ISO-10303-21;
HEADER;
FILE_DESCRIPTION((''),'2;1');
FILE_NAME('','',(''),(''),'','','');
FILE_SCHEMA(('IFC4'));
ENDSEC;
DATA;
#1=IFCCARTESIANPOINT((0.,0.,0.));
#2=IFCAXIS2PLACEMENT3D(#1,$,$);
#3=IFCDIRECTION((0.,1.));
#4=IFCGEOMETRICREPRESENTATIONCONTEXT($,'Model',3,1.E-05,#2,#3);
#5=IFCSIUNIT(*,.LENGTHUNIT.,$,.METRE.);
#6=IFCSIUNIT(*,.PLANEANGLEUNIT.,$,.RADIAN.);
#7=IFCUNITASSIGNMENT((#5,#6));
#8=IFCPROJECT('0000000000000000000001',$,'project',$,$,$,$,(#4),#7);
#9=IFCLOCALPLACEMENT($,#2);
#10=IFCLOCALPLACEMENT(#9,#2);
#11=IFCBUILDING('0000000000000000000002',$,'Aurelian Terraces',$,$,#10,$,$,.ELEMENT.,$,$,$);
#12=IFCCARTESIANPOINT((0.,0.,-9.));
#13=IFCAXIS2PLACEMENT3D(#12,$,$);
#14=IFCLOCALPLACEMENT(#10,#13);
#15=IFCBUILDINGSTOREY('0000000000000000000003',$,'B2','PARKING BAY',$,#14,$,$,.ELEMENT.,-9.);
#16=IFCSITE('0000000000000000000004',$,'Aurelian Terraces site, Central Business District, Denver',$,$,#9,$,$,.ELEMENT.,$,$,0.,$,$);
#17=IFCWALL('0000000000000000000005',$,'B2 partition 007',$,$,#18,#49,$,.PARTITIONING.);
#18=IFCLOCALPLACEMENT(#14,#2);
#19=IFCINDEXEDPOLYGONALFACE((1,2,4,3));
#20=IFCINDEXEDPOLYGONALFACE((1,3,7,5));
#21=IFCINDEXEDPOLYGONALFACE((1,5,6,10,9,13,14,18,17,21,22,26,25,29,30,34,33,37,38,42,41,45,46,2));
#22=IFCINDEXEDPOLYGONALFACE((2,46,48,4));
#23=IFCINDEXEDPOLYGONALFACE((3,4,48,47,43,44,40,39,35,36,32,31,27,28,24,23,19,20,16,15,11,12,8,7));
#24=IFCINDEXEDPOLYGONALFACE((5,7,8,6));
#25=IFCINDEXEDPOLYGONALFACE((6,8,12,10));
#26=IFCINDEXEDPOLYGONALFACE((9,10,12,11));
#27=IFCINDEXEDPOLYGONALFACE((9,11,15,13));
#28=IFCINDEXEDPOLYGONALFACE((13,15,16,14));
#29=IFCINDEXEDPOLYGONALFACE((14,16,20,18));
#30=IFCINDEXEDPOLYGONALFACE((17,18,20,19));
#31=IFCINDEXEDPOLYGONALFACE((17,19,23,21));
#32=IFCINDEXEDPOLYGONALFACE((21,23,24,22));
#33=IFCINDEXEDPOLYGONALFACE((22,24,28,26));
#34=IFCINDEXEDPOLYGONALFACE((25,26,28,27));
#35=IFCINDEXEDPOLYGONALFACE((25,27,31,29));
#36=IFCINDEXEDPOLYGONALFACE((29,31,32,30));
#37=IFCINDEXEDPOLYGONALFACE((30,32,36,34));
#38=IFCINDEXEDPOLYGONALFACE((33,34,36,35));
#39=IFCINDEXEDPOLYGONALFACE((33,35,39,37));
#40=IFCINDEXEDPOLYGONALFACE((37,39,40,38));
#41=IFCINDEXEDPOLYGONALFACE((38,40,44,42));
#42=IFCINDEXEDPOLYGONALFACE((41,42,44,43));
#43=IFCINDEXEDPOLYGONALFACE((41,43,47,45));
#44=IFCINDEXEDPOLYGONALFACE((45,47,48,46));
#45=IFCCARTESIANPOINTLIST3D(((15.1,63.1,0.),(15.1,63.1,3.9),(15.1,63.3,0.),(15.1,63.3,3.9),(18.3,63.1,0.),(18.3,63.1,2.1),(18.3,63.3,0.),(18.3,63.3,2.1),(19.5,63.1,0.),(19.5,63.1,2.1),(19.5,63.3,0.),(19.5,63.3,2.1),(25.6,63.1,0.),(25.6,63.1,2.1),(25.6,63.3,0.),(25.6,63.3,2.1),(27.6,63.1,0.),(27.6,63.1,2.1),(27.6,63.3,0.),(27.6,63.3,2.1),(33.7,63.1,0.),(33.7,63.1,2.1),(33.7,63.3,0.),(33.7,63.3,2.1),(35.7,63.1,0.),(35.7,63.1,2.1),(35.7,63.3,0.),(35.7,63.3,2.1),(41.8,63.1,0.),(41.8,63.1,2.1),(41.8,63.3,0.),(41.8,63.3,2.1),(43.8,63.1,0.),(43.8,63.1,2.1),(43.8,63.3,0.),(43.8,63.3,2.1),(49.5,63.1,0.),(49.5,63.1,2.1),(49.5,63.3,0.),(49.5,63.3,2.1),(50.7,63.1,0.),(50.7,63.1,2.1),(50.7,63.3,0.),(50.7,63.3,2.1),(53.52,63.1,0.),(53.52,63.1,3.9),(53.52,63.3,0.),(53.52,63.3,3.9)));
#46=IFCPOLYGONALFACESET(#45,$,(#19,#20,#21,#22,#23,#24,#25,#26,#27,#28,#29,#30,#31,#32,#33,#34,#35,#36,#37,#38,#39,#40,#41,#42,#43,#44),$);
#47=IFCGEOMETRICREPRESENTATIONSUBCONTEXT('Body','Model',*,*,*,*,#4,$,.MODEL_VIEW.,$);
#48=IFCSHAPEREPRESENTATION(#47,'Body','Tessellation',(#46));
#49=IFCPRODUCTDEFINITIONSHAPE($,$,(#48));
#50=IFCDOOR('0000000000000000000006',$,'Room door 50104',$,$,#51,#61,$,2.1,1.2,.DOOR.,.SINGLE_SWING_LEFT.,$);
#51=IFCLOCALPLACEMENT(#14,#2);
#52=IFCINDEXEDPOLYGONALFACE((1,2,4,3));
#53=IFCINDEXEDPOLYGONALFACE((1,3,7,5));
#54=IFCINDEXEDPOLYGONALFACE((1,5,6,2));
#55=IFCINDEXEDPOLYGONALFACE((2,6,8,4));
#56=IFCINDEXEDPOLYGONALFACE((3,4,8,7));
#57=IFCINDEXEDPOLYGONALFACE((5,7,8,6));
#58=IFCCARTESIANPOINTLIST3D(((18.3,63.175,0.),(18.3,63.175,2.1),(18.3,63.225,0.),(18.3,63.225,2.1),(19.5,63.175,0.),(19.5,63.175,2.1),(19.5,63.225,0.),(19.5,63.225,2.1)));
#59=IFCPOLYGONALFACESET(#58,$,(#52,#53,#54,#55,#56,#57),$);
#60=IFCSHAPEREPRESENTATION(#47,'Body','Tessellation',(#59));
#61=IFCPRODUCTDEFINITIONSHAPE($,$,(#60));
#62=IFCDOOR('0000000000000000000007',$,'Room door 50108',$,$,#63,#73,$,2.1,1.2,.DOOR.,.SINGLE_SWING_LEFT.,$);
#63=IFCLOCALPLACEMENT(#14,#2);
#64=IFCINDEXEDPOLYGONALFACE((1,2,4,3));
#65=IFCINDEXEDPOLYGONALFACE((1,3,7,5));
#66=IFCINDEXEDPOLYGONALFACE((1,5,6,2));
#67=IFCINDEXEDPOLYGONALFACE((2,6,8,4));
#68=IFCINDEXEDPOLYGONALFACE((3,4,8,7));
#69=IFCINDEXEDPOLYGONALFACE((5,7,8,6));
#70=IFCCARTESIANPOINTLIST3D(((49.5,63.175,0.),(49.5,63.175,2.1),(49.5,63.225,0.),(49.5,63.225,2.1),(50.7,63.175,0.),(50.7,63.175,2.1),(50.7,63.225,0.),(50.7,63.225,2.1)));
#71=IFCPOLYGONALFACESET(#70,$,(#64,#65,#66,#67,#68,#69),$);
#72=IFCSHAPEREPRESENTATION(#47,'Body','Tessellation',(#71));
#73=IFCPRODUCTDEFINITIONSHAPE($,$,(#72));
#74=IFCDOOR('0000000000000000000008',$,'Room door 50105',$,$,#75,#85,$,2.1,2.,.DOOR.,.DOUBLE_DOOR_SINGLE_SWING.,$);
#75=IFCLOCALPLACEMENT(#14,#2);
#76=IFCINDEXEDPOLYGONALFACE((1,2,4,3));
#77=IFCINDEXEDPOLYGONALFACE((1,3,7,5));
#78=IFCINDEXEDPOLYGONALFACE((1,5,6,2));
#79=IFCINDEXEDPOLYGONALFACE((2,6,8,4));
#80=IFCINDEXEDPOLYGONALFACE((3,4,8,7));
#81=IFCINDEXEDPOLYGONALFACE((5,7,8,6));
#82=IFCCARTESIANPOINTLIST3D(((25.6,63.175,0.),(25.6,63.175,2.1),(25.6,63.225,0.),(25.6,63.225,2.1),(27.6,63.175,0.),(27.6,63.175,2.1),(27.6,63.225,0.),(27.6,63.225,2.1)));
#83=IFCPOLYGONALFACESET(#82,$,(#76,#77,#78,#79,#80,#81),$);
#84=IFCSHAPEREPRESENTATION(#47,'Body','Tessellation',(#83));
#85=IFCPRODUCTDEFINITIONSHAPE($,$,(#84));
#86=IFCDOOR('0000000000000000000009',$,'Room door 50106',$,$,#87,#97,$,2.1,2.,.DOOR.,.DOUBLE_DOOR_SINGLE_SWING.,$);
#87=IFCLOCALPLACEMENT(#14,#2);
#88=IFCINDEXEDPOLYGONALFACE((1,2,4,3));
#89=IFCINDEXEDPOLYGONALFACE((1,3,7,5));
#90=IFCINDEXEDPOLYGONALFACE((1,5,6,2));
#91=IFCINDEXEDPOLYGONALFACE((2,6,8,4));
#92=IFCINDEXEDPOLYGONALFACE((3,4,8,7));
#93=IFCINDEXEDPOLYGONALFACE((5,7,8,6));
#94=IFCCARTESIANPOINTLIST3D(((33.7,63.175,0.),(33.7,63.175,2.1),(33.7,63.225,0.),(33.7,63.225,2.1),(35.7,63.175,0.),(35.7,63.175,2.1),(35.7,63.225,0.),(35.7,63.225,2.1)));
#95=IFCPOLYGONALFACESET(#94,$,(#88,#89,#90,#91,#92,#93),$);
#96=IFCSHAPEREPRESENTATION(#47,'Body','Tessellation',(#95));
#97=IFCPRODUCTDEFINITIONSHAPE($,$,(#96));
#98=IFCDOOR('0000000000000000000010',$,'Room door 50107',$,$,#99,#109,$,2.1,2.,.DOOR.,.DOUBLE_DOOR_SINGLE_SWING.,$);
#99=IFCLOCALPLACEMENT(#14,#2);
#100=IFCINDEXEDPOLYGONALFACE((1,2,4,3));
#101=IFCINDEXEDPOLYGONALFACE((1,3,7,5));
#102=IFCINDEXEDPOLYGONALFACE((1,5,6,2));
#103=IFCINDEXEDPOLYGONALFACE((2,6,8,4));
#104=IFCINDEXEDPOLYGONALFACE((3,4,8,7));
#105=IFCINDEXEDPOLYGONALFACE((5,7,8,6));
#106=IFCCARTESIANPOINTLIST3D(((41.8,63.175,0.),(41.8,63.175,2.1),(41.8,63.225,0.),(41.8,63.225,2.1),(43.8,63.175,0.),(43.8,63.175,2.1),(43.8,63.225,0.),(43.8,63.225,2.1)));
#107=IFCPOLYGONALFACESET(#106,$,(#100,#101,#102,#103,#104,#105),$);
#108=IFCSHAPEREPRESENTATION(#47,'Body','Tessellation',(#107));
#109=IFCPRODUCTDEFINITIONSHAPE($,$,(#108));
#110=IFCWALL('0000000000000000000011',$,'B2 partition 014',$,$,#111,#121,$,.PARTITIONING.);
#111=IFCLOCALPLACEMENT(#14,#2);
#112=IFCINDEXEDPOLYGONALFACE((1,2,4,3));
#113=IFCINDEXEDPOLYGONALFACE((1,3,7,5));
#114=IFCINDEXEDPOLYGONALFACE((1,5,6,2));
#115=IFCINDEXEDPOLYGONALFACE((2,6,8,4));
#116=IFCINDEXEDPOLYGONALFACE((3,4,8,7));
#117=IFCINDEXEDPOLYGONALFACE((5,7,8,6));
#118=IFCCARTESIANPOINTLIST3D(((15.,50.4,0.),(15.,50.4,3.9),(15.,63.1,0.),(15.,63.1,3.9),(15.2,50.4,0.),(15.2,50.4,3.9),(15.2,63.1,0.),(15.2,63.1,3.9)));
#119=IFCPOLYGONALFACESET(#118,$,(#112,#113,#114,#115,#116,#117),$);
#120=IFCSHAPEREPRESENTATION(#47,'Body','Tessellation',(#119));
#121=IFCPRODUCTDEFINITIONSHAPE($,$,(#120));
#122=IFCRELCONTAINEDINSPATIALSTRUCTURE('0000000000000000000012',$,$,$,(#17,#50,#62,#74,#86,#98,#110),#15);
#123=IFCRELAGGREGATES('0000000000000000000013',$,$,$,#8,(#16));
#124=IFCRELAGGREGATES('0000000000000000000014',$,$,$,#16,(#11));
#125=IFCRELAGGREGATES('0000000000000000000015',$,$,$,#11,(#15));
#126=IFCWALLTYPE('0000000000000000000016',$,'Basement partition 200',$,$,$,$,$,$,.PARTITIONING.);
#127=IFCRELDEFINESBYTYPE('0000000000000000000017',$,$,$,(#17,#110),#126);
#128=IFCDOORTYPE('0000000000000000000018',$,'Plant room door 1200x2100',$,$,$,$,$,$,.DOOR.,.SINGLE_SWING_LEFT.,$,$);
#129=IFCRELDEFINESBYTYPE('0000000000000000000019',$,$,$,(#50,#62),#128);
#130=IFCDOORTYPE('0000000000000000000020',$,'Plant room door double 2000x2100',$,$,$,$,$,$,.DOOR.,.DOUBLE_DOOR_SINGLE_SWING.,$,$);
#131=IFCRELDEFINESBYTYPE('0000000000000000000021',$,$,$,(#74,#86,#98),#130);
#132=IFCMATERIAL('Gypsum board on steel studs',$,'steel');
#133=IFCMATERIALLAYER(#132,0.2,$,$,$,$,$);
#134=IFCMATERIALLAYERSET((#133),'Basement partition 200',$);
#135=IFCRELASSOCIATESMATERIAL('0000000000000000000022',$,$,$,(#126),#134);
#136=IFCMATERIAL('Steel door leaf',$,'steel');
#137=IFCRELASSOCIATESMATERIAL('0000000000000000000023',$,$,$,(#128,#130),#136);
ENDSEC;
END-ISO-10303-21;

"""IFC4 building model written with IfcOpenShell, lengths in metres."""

from ifc_helpers import new_model, si_unit, direction, frame, frame_2d, origin, place, context, subcontext, project, spatial, rectangle, extrude, source, transform, mapped, material, layer, layer_set, type_object, element, fill, save


model = new_model("IFC4")

# Units and contexts
model_context = context("Model", 3, precision=1e-05, world=origin(), true_north=direction((0.0, 1.0)))
body_context = subcontext(model_context, "Body", "Model", "MODEL_VIEW")
ifc_project = project(units=[si_unit("LENGTHUNIT", "METRE"), si_unit("PLANEANGLEUNIT", "RADIAN")], contexts=[model_context])

# Site, building, storey
site_placement = place(None, origin())
site = spatial("IfcSite", under=ifc_project, at=site_placement, Name="Aurelian Terraces site, Central Business District, Denver", CompositionType="ELEMENT", RefElevation=0.0)
building_placement = place(site_placement, origin())
building = spatial("IfcBuilding", under=site, at=building_placement, Name="Aurelian Terraces", CompositionType="ELEMENT")
storey_placement = place(building_placement, frame((0.0, 0.0, -9.0)))
storey = spatial("IfcBuildingStorey", under=building, at=storey_placement, Name="B2", Description="PARKING BAY", CompositionType="ELEMENT", Elevation=-9.0)

# Shared definitions
ifc_material_1 = material(Name="Gypsum board on steel studs", Category="steel")
ifc_layer = layer(ifc_material_1, 0.2)
ifc_layer_set = layer_set([ifc_layer], Name="Basement partition 200")
wall_type = type_object("IfcWallType", Name="Basement partition 200", PredefinedType="PARTITIONING", material=ifc_layer_set)

# Wall, openings, doors
shared_shape_1 = source(origin(), body_context, "Body", "SweptSolid", [
    extrude(rectangle(XDim=38.42, YDim=0.2, at=frame_2d((19.21, 0.0))), origin(), (0.0, 0.0, 1.0), 3.9),
])
wall_1_placement = place(storey_placement, frame((15.1, 63.2, 0.0), z_axis=(0.0, 0.0, 1.0), x_axis=(1.0, 0.0, 0.0)))
wall_1 = element("IfcWall", 1, at=wall_1_placement, inside=storey, type_object=wall_type, Name="B2 partition 007", PredefinedType="PARTITIONING", context=body_context, shape_type="MappedRepresentation", body=[
    mapped(shared_shape_1, transform((0.0, 0.0, 0.0), scale=1.0)),
])
shared_shape_2 = source(origin(), body_context, "Body", "SweptSolid", [
    extrude(rectangle(XDim=1.2, YDim=2.1, at=frame_2d((0.6, 1.05))), frame((0.0, 0.11, 0.0), z_axis=(0.0, -1.0, 0.0), x_axis=(1.0, 0.0, 0.0)), (0.0, 0.0, 1.0), 0.22),
])
opening_1_placement = place(wall_1_placement, frame((3.2, 0.0, 0.0)))
opening_1 = element("IfcOpeningElement", 2, at=opening_1_placement, cuts=wall_1, PredefinedType="OPENING", context=body_context, shape_type="MappedRepresentation", body=[
    mapped(shared_shape_2, transform((0.0, 0.0, 0.0), scale=1.0)),
])
shared_shape_3 = source(origin(), body_context, "Body", "SweptSolid", [
    extrude(rectangle(XDim=2.0, YDim=2.1, at=frame_2d((1.0, 1.05))), frame((0.0, 0.11, 0.0), z_axis=(0.0, -1.0, 0.0), x_axis=(1.0, 0.0, 0.0)), (0.0, 0.0, 1.0), 0.22),
])
opening_2_placement = place(wall_1_placement, frame((10.5, 0.0, 0.0)))
opening_2 = element("IfcOpeningElement", 3, at=opening_2_placement, cuts=wall_1, PredefinedType="OPENING", context=body_context, shape_type="MappedRepresentation", body=[
    mapped(shared_shape_3, transform((0.0, 0.0, 0.0), scale=1.0)),
])
opening_3_placement = place(wall_1_placement, frame((18.6, 0.0, 0.0)))
opening_3 = element("IfcOpeningElement", 4, at=opening_3_placement, cuts=wall_1, PredefinedType="OPENING", context=body_context, shape_type="MappedRepresentation", body=[
    mapped(shared_shape_3, transform((0.0, 0.0, 0.0), scale=1.0)),
])
opening_4_placement = place(wall_1_placement, frame((26.7, 0.0, 0.0)))
opening_4 = element("IfcOpeningElement", 5, at=opening_4_placement, cuts=wall_1, PredefinedType="OPENING", context=body_context, shape_type="MappedRepresentation", body=[
    mapped(shared_shape_3, transform((0.0, 0.0, 0.0), scale=1.0)),
])
opening_5_placement = place(wall_1_placement, frame((34.4, 0.0, 0.0)))
opening_5 = element("IfcOpeningElement", 6, at=opening_5_placement, cuts=wall_1, PredefinedType="OPENING", context=body_context, shape_type="MappedRepresentation", body=[
    mapped(shared_shape_2, transform((0.0, 0.0, 0.0), scale=1.0)),
])
ifc_material_2 = material(Name="Steel door leaf", Category="steel")
door_type_1 = type_object("IfcDoorType", Name="Plant room door 1200x2100", OperationType="SINGLE_SWING_LEFT", PredefinedType="DOOR", material=ifc_material_2)
shared_shape_4 = source(origin(), body_context, "Body", "SweptSolid", [
    extrude(rectangle(XDim=1.2, YDim=2.1, at=frame_2d((0.6, 1.05))), frame((0.0, 0.025, 0.0), z_axis=(0.0, -1.0, 0.0), x_axis=(1.0, 0.0, 0.0)), (0.0, 0.0, 1.0), 0.05),
])
door_1_placement = place(opening_1_placement, origin())
door_1 = element("IfcDoor", 7, at=door_1_placement, inside=storey, type_object=door_type_1, Name="Room door 50104", OperationType="SINGLE_SWING_LEFT", OverallHeight=2.1, OverallWidth=1.2, PredefinedType="DOOR", context=body_context, shape_type="MappedRepresentation", body=[
    mapped(shared_shape_4, transform((0.0, 0.0, 0.0), scale=1.0)),
])
fill(opening_1, door_1)
door_2_placement = place(opening_5_placement, origin())
door_2 = element("IfcDoor", 8, at=door_2_placement, inside=storey, type_object=door_type_1, Name="Room door 50108", OperationType="SINGLE_SWING_LEFT", OverallHeight=2.1, OverallWidth=1.2, PredefinedType="DOOR", context=body_context, shape_type="MappedRepresentation", body=[
    mapped(shared_shape_4, transform((0.0, 0.0, 0.0), scale=1.0)),
])
fill(opening_5, door_2)
door_type_2 = type_object("IfcDoorType", Name="Plant room door double 2000x2100", OperationType="DOUBLE_DOOR_SINGLE_SWING", PredefinedType="DOOR", material=ifc_material_2)
shared_shape_5 = source(origin(), body_context, "Body", "SweptSolid", [
    extrude(rectangle(XDim=2.0, YDim=2.1, at=frame_2d((1.0, 1.05))), frame((0.0, 0.025, 0.0), z_axis=(0.0, -1.0, 0.0), x_axis=(1.0, 0.0, 0.0)), (0.0, 0.0, 1.0), 0.05),
])
door_3_placement = place(opening_2_placement, origin())
door_3 = element("IfcDoor", 9, at=door_3_placement, inside=storey, type_object=door_type_2, Name="Room door 50105", OperationType="DOUBLE_DOOR_SINGLE_SWING", OverallHeight=2.1, OverallWidth=2.0, PredefinedType="DOOR", context=body_context, shape_type="MappedRepresentation", body=[
    mapped(shared_shape_5, transform((0.0, 0.0, 0.0), scale=1.0)),
])
fill(opening_2, door_3)
door_4_placement = place(opening_3_placement, origin())
door_4 = element("IfcDoor", 10, at=door_4_placement, inside=storey, type_object=door_type_2, Name="Room door 50106", OperationType="DOUBLE_DOOR_SINGLE_SWING", OverallHeight=2.1, OverallWidth=2.0, PredefinedType="DOOR", context=body_context, shape_type="MappedRepresentation", body=[
    mapped(shared_shape_5, transform((0.0, 0.0, 0.0), scale=1.0)),
])
fill(opening_3, door_4)
door_5_placement = place(opening_4_placement, origin())
door_5 = element("IfcDoor", 11, at=door_5_placement, inside=storey, type_object=door_type_2, Name="Room door 50107", OperationType="DOUBLE_DOOR_SINGLE_SWING", OverallHeight=2.1, OverallWidth=2.0, PredefinedType="DOOR", context=body_context, shape_type="MappedRepresentation", body=[
    mapped(shared_shape_5, transform((0.0, 0.0, 0.0), scale=1.0)),
])
fill(opening_4, door_5)

# Wall
shared_shape_6 = source(origin(), body_context, "Body", "SweptSolid", [
    extrude(rectangle(XDim=12.7, YDim=0.2, at=frame_2d((6.35, 0.0))), origin(), (0.0, 0.0, 1.0), 3.9),
])
wall_2_placement = place(storey_placement, frame((15.1, 50.4, 0.0), z_axis=(0.0, 0.0, 1.0), x_axis=(0.0, 1.0, 0.0)))
element("IfcWall", 12, at=wall_2_placement, inside=storey, type_object=wall_type, Name="B2 partition 014", PredefinedType="PARTITIONING", context=body_context, shape_type="MappedRepresentation", body=[
    mapped(shared_shape_6, transform((0.0, 0.0, 0.0), scale=1.0)),
])

save(model, "model.ifc")
